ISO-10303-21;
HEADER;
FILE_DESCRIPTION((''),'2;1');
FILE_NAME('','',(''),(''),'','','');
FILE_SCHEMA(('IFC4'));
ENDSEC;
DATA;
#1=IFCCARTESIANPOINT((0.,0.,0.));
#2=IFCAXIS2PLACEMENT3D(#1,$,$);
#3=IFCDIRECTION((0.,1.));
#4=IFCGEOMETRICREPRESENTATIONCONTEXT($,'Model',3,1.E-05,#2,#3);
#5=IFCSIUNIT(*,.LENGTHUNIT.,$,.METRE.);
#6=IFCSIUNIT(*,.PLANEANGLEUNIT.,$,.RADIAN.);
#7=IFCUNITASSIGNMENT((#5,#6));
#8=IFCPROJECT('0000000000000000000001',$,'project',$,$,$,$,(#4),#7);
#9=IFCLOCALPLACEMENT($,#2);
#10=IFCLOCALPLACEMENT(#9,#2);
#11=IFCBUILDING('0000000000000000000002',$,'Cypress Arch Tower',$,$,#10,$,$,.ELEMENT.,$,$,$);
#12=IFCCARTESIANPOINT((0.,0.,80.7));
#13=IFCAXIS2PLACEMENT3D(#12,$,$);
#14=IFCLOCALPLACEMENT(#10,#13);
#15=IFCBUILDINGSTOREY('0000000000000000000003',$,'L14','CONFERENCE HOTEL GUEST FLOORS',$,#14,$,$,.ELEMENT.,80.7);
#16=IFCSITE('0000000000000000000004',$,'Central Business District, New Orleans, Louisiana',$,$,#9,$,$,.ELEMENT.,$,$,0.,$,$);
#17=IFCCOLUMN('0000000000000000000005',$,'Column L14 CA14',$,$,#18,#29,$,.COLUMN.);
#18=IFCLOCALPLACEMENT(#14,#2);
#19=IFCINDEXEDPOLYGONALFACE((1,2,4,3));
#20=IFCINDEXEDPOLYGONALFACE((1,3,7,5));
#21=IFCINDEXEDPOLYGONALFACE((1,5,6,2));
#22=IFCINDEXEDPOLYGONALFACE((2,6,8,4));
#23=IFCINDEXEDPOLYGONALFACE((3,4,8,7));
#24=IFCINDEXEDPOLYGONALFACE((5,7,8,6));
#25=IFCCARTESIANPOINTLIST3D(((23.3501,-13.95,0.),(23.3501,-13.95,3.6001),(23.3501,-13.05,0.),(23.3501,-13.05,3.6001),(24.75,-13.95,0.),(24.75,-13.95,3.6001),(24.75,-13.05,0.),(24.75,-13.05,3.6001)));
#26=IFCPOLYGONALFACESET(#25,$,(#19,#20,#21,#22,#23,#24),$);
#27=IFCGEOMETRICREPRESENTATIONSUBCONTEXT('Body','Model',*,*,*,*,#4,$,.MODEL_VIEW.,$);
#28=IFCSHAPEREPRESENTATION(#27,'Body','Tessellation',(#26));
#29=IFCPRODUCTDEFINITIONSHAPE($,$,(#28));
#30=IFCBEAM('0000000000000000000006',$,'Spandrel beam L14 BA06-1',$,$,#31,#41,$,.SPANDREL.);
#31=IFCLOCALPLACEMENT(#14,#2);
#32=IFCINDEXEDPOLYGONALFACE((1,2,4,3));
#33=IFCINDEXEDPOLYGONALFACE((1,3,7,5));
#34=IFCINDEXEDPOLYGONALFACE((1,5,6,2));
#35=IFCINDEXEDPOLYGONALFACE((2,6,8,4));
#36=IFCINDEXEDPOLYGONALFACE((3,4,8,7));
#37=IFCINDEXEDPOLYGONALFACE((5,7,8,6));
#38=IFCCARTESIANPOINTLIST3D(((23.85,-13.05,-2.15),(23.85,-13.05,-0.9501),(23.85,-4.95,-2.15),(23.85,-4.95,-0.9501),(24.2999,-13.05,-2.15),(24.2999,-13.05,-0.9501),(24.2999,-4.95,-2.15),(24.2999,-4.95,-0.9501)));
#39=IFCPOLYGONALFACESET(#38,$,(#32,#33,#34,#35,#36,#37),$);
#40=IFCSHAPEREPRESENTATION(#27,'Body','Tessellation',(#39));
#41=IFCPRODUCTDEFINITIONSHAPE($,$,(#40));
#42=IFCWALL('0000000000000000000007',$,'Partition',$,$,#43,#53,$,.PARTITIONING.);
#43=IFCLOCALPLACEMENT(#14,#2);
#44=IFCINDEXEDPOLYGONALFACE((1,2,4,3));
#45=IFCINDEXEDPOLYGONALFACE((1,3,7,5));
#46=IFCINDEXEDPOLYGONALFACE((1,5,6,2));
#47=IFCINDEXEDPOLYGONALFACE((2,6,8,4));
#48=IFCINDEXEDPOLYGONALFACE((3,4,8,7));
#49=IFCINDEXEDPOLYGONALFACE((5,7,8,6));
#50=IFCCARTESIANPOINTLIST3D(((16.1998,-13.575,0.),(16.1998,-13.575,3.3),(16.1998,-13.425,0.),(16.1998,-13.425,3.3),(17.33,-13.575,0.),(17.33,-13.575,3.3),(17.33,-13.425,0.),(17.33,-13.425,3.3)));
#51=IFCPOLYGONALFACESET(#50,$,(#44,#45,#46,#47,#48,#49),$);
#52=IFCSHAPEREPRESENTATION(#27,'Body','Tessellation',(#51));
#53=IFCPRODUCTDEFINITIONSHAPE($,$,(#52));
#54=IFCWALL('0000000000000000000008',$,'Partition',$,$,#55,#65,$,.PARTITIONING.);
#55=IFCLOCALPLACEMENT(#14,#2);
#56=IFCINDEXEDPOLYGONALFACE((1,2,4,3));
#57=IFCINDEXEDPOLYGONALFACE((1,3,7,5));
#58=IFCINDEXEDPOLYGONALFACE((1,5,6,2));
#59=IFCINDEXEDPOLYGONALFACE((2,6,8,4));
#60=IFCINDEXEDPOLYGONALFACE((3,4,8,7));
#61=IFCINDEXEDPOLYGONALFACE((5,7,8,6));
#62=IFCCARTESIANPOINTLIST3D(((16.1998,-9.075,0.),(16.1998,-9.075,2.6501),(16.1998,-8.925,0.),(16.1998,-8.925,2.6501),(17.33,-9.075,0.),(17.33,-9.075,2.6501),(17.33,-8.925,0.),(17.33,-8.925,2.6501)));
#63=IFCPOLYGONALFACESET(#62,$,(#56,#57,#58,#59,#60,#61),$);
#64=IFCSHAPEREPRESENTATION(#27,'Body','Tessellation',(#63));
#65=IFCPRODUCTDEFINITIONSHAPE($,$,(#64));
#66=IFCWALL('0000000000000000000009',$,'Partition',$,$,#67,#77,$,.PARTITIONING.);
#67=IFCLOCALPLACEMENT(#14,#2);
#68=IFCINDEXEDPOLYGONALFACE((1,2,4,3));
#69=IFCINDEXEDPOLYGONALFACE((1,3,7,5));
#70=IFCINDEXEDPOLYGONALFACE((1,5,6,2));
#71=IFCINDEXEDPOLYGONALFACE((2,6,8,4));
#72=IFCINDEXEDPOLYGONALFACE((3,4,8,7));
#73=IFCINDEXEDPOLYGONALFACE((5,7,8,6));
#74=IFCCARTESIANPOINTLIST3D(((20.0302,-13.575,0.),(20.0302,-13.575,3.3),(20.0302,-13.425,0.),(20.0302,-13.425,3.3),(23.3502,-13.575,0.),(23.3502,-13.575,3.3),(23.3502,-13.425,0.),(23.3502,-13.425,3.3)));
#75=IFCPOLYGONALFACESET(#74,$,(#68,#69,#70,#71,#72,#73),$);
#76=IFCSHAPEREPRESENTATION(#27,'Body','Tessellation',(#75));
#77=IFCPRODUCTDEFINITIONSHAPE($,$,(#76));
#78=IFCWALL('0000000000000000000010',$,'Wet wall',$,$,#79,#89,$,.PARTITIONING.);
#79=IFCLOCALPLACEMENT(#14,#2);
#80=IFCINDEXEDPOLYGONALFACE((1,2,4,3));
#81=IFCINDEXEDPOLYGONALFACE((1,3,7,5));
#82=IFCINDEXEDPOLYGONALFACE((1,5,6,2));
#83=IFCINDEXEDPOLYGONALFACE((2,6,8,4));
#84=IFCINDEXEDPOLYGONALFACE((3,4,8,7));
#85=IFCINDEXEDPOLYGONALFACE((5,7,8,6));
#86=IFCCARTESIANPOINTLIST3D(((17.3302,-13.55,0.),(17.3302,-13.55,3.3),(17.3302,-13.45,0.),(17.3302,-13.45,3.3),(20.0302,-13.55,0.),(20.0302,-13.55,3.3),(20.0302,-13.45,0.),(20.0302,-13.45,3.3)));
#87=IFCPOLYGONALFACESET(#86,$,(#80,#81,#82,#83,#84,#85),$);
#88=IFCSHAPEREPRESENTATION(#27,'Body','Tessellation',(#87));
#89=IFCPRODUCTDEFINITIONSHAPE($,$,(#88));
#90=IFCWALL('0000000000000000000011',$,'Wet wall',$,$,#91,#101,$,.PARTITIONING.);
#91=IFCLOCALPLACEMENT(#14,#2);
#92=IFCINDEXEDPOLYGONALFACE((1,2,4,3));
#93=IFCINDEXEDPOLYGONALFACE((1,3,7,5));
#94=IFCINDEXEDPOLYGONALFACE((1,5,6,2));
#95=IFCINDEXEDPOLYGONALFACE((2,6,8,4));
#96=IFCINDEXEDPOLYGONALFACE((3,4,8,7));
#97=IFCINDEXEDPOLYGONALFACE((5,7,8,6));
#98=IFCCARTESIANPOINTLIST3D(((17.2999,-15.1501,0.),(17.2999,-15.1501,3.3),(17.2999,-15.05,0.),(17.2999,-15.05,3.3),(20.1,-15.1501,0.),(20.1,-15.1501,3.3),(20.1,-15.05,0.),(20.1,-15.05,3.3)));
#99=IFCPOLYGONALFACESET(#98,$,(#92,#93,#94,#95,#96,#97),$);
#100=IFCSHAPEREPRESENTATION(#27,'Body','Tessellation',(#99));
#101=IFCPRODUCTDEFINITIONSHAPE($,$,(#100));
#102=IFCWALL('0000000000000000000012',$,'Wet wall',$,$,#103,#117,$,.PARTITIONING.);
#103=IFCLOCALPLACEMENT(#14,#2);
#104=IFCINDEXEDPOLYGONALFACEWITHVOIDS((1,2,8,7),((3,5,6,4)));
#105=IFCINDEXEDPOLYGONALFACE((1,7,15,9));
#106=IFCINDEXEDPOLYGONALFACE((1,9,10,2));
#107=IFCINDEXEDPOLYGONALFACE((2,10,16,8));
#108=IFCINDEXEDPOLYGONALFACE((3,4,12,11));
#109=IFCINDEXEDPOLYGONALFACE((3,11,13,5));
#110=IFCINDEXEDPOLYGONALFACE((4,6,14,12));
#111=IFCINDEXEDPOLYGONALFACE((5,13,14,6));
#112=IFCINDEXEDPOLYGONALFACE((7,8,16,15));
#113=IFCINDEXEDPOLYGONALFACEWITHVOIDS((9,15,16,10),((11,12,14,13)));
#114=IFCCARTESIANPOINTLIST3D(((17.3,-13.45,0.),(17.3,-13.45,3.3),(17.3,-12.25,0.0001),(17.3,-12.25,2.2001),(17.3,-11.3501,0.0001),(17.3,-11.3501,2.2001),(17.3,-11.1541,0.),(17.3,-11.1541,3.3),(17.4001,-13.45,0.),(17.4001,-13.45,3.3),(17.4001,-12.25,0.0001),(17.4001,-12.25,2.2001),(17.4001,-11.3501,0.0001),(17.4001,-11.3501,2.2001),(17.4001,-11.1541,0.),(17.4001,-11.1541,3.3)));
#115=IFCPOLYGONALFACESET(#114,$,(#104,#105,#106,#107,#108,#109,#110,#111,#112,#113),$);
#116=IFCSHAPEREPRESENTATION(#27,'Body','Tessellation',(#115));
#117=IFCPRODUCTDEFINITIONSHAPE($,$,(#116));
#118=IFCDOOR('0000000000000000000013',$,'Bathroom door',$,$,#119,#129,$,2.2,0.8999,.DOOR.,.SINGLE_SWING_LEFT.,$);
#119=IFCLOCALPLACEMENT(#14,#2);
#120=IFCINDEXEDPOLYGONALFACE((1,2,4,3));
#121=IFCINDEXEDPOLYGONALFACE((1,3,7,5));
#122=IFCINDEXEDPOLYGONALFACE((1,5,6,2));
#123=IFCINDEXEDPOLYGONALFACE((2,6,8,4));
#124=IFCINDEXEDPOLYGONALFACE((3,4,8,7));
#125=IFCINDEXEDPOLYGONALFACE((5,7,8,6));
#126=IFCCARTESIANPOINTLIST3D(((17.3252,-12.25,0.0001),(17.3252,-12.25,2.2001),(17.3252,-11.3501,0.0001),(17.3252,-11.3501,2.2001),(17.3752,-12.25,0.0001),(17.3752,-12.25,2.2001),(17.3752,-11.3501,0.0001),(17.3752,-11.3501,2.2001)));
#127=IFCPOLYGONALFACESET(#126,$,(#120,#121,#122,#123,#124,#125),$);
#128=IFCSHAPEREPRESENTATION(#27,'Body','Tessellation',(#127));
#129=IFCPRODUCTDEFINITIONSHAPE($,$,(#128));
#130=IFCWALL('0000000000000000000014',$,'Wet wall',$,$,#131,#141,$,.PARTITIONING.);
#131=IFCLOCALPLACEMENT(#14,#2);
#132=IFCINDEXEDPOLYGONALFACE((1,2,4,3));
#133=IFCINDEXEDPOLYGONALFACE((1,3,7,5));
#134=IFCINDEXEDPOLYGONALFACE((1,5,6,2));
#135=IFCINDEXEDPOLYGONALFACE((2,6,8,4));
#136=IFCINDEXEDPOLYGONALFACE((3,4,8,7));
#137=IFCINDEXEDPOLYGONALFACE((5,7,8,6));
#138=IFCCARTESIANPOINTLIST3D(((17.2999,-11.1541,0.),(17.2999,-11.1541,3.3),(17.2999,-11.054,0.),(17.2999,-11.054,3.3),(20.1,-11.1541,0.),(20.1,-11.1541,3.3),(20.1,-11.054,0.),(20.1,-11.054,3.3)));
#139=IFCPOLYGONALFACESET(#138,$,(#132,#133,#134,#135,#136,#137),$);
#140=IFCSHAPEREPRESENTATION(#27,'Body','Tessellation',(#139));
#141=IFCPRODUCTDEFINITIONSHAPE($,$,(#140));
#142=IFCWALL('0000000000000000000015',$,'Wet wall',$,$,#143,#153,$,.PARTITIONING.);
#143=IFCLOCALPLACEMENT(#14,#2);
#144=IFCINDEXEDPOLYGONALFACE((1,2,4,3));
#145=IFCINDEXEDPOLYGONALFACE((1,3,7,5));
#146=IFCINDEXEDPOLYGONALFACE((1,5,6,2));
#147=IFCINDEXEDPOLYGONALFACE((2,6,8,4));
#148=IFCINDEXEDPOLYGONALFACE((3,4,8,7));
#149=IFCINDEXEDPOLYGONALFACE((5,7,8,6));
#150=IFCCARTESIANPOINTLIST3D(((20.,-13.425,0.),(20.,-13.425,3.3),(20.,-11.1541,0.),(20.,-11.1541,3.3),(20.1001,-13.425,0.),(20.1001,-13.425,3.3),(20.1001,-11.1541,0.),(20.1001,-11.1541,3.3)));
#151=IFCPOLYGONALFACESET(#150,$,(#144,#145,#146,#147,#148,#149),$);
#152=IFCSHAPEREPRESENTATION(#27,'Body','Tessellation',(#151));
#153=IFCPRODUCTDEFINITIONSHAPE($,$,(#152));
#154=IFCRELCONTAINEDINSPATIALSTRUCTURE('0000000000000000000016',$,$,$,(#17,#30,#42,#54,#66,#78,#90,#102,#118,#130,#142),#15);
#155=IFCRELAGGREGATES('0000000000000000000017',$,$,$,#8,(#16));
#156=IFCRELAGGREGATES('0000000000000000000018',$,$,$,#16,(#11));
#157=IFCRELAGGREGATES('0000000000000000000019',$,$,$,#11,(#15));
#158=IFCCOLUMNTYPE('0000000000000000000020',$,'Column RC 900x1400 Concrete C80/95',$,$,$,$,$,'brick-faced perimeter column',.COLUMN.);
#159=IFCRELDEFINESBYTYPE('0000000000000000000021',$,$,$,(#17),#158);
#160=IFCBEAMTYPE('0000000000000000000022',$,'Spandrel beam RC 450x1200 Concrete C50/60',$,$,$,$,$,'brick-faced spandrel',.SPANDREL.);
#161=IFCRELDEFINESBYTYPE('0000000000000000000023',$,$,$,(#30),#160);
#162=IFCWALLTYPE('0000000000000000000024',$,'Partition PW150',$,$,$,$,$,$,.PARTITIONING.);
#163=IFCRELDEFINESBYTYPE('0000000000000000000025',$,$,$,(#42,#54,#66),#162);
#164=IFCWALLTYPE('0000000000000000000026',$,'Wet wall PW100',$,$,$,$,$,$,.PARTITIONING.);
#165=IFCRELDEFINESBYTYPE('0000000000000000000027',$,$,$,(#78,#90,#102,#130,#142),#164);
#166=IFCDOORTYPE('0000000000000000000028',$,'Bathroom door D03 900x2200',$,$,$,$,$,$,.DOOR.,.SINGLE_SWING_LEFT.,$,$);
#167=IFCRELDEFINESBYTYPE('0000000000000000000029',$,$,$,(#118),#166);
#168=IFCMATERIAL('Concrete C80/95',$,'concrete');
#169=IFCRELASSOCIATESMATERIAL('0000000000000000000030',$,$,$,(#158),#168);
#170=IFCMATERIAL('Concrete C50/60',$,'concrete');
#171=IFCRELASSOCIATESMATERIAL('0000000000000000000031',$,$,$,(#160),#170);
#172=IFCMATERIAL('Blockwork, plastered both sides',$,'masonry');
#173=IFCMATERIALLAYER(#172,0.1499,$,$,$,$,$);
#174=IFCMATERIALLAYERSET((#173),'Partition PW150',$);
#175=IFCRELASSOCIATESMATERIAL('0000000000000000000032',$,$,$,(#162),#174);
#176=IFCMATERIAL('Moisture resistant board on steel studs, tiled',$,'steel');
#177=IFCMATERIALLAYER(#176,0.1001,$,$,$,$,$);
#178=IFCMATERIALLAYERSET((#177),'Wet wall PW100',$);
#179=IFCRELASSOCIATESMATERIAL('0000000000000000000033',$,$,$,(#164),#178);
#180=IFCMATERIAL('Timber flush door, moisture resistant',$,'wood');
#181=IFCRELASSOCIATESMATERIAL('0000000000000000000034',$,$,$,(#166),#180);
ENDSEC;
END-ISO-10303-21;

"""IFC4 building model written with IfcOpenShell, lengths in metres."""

from ifc_helpers import new_model, si_unit, direction, frame, frame_2d, origin, origin_2d, place, context, subcontext, project, spatial, rectangle, extrude, material, layer, layer_set, material_profile, profile_set, type_object, element, fill, save


model = new_model("IFC4")

# Units and contexts
model_context = context("Model", 3, precision=1e-05, world=origin(), true_north=direction((0.0, 1.0)))
body_context = subcontext(model_context, "Body", "Model", "MODEL_VIEW")
ifc_project = project(units=[si_unit("LENGTHUNIT", "METRE"), si_unit("PLANEANGLEUNIT", "RADIAN")], contexts=[model_context])

# Site, building, storey
site_placement = place(None, origin())
site = spatial("IfcSite", under=ifc_project, at=site_placement, Name="Central Business District, New Orleans, Louisiana", CompositionType="ELEMENT", RefElevation=0.0)
building_placement = place(site_placement, origin())
building = spatial("IfcBuilding", under=site, at=building_placement, Name="Cypress Arch Tower", CompositionType="ELEMENT")
storey_placement = place(building_placement, frame((0.0, 0.0, 80.7)))
storey = spatial("IfcBuildingStorey", under=building, at=storey_placement, Name="L14", Description="CONFERENCE HOTEL GUEST FLOORS", CompositionType="ELEMENT", Elevation=80.7)

# Column
ifc_material_1 = material(Name="Concrete C80/95", Category="concrete")
ifc_material_profile_1 = material_profile(ifc_material_1, rectangle(XDim=0.8999, YDim=1.3999, at=origin_2d()), Name="RC 900x1400")
ifc_profile_set_1 = profile_set([ifc_material_profile_1], Name="Concrete C80/95")
column_type = type_object("IfcColumnType", Name="Column RC 900x1400 Concrete C80/95", ElementType="brick-faced perimeter column", PredefinedType="COLUMN", material=ifc_profile_set_1)
column_placement = place(storey_placement, frame((24.05, -13.5, 0.0), z_axis=(0.0, 0.0, 1.0), x_axis=(0.0, 1.0, 0.0)))
element("IfcColumn", 1, at=column_placement, inside=storey, type_object=column_type, Name="Column L14 CA14", PredefinedType="COLUMN", context=body_context, shape_type="SweptSolid", body=[
    extrude(rectangle(XDim=0.8999, YDim=1.3999, at=origin_2d()), origin(), (0.0, 0.0, 1.0), 3.6001),
])

# Beam
ifc_material_2 = material(Name="Concrete C50/60", Category="concrete")
ifc_material_profile_2 = material_profile(ifc_material_2, rectangle(XDim=0.45, YDim=1.2, at=origin_2d()), Name="RC 450x1200")
ifc_profile_set_2 = profile_set([ifc_material_profile_2], Name="Concrete C50/60")
beam_type = type_object("IfcBeamType", Name="Spandrel beam RC 450x1200 Concrete C50/60", ElementType="brick-faced spandrel", PredefinedType="SPANDREL", material=ifc_profile_set_2)
beam_placement = place(storey_placement, frame((24.075, -13.05, -1.55), z_axis=(0.0, 1.0, 0.0), x_axis=(-1.0, 0.0, 0.0)))
element("IfcBeam", 2, at=beam_placement, inside=storey, type_object=beam_type, Name="Spandrel beam L14 BA06-1", PredefinedType="SPANDREL", context=body_context, shape_type="SweptSolid", body=[
    extrude(rectangle(XDim=0.45, YDim=1.2, at=origin_2d()), origin(), (0.0, 0.0, 1.0), 8.1001),
])

# Walls
ifc_material_3 = material(Name="Blockwork, plastered both sides", Category="masonry")
ifc_layer_1 = layer(ifc_material_3, 0.1499)
ifc_layer_set_1 = layer_set([ifc_layer_1], Name="Partition PW150")
wall_type_1 = type_object("IfcWallType", Name="Partition PW150", PredefinedType="PARTITIONING", material=ifc_layer_set_1)
wall_1_placement = place(storey_placement, frame((16.2, -13.5, 0.0), z_axis=(0.0, 0.0, 1.0), x_axis=(1.0, 0.0, 0.0)))
element("IfcWall", 3, at=wall_1_placement, inside=storey, type_object=wall_type_1, Name="Partition", PredefinedType="PARTITIONING", context=body_context, shape_type="SweptSolid", body=[
    extrude(rectangle(XDim=1.1301, YDim=0.1499, at=frame_2d((0.5649, 0.0))), origin(), (0.0, 0.0, 1.0), 3.3),
])
wall_2_placement = place(storey_placement, frame((16.2, -9.0, 0.0), z_axis=(0.0, 0.0, 1.0), x_axis=(1.0, 0.0, 0.0)))
element("IfcWall", 4, at=wall_2_placement, inside=storey, type_object=wall_type_1, Name="Partition", PredefinedType="PARTITIONING", context=body_context, shape_type="SweptSolid", body=[
    extrude(rectangle(XDim=1.1301, YDim=0.1499, at=frame_2d((0.5649, 0.0))), origin(), (0.0, 0.0, 1.0), 2.6501),
])
wall_3_placement = place(storey_placement, frame((20.03, -13.5, 0.0), z_axis=(0.0, 0.0, 1.0), x_axis=(1.0, 0.0, 0.0)))
element("IfcWall", 5, at=wall_3_placement, inside=storey, type_object=wall_type_1, Name="Partition", PredefinedType="PARTITIONING", context=body_context, shape_type="SweptSolid", body=[
    extrude(rectangle(XDim=3.3201, YDim=0.1499, at=frame_2d((1.6602, 0.0))), origin(), (0.0, 0.0, 1.0), 3.3),
])
ifc_material_4 = material(Name="Moisture resistant board on steel studs, tiled", Category="steel")
ifc_layer_2 = layer(ifc_material_4, 0.1001)
ifc_layer_set_2 = layer_set([ifc_layer_2], Name="Wet wall PW100")
wall_type_2 = type_object("IfcWallType", Name="Wet wall PW100", PredefinedType="PARTITIONING", material=ifc_layer_set_2)
wall_4_placement = place(storey_placement, frame((17.3301, -13.5, 0.0), z_axis=(0.0, 0.0, 1.0), x_axis=(1.0, 0.0, 0.0)))
element("IfcWall", 6, at=wall_4_placement, inside=storey, type_object=wall_type_2, Name="Wet wall", PredefinedType="PARTITIONING", context=body_context, shape_type="SweptSolid", body=[
    extrude(rectangle(XDim=2.7, YDim=0.1001, at=frame_2d((1.3501, 0.0))), origin(), (0.0, 0.0, 1.0), 3.3),
])
wall_5_placement = place(storey_placement, frame((17.3, -15.1001, 0.0), z_axis=(0.0, 0.0, 1.0), x_axis=(1.0, 0.0, 0.0)))
element("IfcWall", 7, at=wall_5_placement, inside=storey, type_object=wall_type_2, Name="Wet wall", PredefinedType="PARTITIONING", context=body_context, shape_type="SweptSolid", body=[
    extrude(rectangle(XDim=2.8, YDim=0.1001, at=frame_2d((1.3999, 0.0))), origin(), (0.0, 0.0, 1.0), 3.3),
])

# Wall, opening, door
wall_6_placement = place(storey_placement, frame((17.3501, -13.45, 0.0), z_axis=(0.0, 0.0, 1.0), x_axis=(0.0, 1.0, 0.0)))
wall_6 = element("IfcWall", 8, at=wall_6_placement, inside=storey, type_object=wall_type_2, Name="Wet wall", PredefinedType="PARTITIONING", context=body_context, shape_type="SweptSolid", body=[
    extrude(rectangle(XDim=2.2959, YDim=0.1001, at=frame_2d((1.1479, 0.0))), origin(), (0.0, 0.0, 1.0), 3.3),
])
opening_1_placement = place(wall_6_placement, frame((1.2, 0.0, 0.0)))
opening_1 = element("IfcOpeningElement", 9, at=opening_1_placement, cuts=wall_6, PredefinedType="OPENING", context=body_context, shape_type="SweptSolid", body=[
    extrude(rectangle(XDim=0.8999, YDim=2.2, at=frame_2d((0.45, 1.1001))), frame((0.0, 0.0601, 0.0), z_axis=(0.0, -1.0, 0.0), x_axis=(1.0, 0.0, 0.0)), (0.0, 0.0, 1.0), 0.1201),
])
ifc_material_5 = material(Name="Timber flush door, moisture resistant", Category="wood")
door_type_1 = type_object("IfcDoorType", Name="Bathroom door D03 900x2200", OperationType="SINGLE_SWING_LEFT", PredefinedType="DOOR", material=ifc_material_5)
door_1_placement = place(opening_1_placement, origin())
door_1 = element("IfcDoor", 10, at=door_1_placement, inside=storey, type_object=door_type_1, Name="Bathroom door", OperationType="SINGLE_SWING_LEFT", OverallHeight=2.2, OverallWidth=0.8999, PredefinedType="DOOR", context=body_context, shape_type="SweptSolid", body=[
    extrude(rectangle(XDim=0.8999, YDim=2.2, at=frame_2d((0.45, 1.1001))), frame((0.0, 0.0249, 0.0), z_axis=(0.0, -1.0, 0.0), x_axis=(1.0, 0.0, 0.0)), (0.0, 0.0, 1.0), 0.05),
])
fill(opening_1, door_1)

# Walls
wall_7_placement = place(storey_placement, frame((17.3, -11.104, 0.0), z_axis=(0.0, 0.0, 1.0), x_axis=(1.0, 0.0, 0.0)))
element("IfcWall", 11, at=wall_7_placement, inside=storey, type_object=wall_type_2, Name="Wet wall", PredefinedType="PARTITIONING", context=body_context, shape_type="SweptSolid", body=[
    extrude(rectangle(XDim=2.8, YDim=0.1001, at=frame_2d((1.3999, 0.0))), origin(), (0.0, 0.0, 1.0), 3.3),
])
wall_8_placement = place(storey_placement, frame((20.05, -13.425, 0.0), z_axis=(0.0, 0.0, 1.0), x_axis=(0.0, 1.0, 0.0)))
element("IfcWall", 12, at=wall_8_placement, inside=storey, type_object=wall_type_2, Name="Wet wall", PredefinedType="PARTITIONING", context=body_context, shape_type="SweptSolid", body=[
    extrude(rectangle(XDim=2.271, YDim=0.1001, at=frame_2d((1.1355, 0.0))), origin(), (0.0, 0.0, 1.0), 3.3),
])

save(model, "model.ifc")
